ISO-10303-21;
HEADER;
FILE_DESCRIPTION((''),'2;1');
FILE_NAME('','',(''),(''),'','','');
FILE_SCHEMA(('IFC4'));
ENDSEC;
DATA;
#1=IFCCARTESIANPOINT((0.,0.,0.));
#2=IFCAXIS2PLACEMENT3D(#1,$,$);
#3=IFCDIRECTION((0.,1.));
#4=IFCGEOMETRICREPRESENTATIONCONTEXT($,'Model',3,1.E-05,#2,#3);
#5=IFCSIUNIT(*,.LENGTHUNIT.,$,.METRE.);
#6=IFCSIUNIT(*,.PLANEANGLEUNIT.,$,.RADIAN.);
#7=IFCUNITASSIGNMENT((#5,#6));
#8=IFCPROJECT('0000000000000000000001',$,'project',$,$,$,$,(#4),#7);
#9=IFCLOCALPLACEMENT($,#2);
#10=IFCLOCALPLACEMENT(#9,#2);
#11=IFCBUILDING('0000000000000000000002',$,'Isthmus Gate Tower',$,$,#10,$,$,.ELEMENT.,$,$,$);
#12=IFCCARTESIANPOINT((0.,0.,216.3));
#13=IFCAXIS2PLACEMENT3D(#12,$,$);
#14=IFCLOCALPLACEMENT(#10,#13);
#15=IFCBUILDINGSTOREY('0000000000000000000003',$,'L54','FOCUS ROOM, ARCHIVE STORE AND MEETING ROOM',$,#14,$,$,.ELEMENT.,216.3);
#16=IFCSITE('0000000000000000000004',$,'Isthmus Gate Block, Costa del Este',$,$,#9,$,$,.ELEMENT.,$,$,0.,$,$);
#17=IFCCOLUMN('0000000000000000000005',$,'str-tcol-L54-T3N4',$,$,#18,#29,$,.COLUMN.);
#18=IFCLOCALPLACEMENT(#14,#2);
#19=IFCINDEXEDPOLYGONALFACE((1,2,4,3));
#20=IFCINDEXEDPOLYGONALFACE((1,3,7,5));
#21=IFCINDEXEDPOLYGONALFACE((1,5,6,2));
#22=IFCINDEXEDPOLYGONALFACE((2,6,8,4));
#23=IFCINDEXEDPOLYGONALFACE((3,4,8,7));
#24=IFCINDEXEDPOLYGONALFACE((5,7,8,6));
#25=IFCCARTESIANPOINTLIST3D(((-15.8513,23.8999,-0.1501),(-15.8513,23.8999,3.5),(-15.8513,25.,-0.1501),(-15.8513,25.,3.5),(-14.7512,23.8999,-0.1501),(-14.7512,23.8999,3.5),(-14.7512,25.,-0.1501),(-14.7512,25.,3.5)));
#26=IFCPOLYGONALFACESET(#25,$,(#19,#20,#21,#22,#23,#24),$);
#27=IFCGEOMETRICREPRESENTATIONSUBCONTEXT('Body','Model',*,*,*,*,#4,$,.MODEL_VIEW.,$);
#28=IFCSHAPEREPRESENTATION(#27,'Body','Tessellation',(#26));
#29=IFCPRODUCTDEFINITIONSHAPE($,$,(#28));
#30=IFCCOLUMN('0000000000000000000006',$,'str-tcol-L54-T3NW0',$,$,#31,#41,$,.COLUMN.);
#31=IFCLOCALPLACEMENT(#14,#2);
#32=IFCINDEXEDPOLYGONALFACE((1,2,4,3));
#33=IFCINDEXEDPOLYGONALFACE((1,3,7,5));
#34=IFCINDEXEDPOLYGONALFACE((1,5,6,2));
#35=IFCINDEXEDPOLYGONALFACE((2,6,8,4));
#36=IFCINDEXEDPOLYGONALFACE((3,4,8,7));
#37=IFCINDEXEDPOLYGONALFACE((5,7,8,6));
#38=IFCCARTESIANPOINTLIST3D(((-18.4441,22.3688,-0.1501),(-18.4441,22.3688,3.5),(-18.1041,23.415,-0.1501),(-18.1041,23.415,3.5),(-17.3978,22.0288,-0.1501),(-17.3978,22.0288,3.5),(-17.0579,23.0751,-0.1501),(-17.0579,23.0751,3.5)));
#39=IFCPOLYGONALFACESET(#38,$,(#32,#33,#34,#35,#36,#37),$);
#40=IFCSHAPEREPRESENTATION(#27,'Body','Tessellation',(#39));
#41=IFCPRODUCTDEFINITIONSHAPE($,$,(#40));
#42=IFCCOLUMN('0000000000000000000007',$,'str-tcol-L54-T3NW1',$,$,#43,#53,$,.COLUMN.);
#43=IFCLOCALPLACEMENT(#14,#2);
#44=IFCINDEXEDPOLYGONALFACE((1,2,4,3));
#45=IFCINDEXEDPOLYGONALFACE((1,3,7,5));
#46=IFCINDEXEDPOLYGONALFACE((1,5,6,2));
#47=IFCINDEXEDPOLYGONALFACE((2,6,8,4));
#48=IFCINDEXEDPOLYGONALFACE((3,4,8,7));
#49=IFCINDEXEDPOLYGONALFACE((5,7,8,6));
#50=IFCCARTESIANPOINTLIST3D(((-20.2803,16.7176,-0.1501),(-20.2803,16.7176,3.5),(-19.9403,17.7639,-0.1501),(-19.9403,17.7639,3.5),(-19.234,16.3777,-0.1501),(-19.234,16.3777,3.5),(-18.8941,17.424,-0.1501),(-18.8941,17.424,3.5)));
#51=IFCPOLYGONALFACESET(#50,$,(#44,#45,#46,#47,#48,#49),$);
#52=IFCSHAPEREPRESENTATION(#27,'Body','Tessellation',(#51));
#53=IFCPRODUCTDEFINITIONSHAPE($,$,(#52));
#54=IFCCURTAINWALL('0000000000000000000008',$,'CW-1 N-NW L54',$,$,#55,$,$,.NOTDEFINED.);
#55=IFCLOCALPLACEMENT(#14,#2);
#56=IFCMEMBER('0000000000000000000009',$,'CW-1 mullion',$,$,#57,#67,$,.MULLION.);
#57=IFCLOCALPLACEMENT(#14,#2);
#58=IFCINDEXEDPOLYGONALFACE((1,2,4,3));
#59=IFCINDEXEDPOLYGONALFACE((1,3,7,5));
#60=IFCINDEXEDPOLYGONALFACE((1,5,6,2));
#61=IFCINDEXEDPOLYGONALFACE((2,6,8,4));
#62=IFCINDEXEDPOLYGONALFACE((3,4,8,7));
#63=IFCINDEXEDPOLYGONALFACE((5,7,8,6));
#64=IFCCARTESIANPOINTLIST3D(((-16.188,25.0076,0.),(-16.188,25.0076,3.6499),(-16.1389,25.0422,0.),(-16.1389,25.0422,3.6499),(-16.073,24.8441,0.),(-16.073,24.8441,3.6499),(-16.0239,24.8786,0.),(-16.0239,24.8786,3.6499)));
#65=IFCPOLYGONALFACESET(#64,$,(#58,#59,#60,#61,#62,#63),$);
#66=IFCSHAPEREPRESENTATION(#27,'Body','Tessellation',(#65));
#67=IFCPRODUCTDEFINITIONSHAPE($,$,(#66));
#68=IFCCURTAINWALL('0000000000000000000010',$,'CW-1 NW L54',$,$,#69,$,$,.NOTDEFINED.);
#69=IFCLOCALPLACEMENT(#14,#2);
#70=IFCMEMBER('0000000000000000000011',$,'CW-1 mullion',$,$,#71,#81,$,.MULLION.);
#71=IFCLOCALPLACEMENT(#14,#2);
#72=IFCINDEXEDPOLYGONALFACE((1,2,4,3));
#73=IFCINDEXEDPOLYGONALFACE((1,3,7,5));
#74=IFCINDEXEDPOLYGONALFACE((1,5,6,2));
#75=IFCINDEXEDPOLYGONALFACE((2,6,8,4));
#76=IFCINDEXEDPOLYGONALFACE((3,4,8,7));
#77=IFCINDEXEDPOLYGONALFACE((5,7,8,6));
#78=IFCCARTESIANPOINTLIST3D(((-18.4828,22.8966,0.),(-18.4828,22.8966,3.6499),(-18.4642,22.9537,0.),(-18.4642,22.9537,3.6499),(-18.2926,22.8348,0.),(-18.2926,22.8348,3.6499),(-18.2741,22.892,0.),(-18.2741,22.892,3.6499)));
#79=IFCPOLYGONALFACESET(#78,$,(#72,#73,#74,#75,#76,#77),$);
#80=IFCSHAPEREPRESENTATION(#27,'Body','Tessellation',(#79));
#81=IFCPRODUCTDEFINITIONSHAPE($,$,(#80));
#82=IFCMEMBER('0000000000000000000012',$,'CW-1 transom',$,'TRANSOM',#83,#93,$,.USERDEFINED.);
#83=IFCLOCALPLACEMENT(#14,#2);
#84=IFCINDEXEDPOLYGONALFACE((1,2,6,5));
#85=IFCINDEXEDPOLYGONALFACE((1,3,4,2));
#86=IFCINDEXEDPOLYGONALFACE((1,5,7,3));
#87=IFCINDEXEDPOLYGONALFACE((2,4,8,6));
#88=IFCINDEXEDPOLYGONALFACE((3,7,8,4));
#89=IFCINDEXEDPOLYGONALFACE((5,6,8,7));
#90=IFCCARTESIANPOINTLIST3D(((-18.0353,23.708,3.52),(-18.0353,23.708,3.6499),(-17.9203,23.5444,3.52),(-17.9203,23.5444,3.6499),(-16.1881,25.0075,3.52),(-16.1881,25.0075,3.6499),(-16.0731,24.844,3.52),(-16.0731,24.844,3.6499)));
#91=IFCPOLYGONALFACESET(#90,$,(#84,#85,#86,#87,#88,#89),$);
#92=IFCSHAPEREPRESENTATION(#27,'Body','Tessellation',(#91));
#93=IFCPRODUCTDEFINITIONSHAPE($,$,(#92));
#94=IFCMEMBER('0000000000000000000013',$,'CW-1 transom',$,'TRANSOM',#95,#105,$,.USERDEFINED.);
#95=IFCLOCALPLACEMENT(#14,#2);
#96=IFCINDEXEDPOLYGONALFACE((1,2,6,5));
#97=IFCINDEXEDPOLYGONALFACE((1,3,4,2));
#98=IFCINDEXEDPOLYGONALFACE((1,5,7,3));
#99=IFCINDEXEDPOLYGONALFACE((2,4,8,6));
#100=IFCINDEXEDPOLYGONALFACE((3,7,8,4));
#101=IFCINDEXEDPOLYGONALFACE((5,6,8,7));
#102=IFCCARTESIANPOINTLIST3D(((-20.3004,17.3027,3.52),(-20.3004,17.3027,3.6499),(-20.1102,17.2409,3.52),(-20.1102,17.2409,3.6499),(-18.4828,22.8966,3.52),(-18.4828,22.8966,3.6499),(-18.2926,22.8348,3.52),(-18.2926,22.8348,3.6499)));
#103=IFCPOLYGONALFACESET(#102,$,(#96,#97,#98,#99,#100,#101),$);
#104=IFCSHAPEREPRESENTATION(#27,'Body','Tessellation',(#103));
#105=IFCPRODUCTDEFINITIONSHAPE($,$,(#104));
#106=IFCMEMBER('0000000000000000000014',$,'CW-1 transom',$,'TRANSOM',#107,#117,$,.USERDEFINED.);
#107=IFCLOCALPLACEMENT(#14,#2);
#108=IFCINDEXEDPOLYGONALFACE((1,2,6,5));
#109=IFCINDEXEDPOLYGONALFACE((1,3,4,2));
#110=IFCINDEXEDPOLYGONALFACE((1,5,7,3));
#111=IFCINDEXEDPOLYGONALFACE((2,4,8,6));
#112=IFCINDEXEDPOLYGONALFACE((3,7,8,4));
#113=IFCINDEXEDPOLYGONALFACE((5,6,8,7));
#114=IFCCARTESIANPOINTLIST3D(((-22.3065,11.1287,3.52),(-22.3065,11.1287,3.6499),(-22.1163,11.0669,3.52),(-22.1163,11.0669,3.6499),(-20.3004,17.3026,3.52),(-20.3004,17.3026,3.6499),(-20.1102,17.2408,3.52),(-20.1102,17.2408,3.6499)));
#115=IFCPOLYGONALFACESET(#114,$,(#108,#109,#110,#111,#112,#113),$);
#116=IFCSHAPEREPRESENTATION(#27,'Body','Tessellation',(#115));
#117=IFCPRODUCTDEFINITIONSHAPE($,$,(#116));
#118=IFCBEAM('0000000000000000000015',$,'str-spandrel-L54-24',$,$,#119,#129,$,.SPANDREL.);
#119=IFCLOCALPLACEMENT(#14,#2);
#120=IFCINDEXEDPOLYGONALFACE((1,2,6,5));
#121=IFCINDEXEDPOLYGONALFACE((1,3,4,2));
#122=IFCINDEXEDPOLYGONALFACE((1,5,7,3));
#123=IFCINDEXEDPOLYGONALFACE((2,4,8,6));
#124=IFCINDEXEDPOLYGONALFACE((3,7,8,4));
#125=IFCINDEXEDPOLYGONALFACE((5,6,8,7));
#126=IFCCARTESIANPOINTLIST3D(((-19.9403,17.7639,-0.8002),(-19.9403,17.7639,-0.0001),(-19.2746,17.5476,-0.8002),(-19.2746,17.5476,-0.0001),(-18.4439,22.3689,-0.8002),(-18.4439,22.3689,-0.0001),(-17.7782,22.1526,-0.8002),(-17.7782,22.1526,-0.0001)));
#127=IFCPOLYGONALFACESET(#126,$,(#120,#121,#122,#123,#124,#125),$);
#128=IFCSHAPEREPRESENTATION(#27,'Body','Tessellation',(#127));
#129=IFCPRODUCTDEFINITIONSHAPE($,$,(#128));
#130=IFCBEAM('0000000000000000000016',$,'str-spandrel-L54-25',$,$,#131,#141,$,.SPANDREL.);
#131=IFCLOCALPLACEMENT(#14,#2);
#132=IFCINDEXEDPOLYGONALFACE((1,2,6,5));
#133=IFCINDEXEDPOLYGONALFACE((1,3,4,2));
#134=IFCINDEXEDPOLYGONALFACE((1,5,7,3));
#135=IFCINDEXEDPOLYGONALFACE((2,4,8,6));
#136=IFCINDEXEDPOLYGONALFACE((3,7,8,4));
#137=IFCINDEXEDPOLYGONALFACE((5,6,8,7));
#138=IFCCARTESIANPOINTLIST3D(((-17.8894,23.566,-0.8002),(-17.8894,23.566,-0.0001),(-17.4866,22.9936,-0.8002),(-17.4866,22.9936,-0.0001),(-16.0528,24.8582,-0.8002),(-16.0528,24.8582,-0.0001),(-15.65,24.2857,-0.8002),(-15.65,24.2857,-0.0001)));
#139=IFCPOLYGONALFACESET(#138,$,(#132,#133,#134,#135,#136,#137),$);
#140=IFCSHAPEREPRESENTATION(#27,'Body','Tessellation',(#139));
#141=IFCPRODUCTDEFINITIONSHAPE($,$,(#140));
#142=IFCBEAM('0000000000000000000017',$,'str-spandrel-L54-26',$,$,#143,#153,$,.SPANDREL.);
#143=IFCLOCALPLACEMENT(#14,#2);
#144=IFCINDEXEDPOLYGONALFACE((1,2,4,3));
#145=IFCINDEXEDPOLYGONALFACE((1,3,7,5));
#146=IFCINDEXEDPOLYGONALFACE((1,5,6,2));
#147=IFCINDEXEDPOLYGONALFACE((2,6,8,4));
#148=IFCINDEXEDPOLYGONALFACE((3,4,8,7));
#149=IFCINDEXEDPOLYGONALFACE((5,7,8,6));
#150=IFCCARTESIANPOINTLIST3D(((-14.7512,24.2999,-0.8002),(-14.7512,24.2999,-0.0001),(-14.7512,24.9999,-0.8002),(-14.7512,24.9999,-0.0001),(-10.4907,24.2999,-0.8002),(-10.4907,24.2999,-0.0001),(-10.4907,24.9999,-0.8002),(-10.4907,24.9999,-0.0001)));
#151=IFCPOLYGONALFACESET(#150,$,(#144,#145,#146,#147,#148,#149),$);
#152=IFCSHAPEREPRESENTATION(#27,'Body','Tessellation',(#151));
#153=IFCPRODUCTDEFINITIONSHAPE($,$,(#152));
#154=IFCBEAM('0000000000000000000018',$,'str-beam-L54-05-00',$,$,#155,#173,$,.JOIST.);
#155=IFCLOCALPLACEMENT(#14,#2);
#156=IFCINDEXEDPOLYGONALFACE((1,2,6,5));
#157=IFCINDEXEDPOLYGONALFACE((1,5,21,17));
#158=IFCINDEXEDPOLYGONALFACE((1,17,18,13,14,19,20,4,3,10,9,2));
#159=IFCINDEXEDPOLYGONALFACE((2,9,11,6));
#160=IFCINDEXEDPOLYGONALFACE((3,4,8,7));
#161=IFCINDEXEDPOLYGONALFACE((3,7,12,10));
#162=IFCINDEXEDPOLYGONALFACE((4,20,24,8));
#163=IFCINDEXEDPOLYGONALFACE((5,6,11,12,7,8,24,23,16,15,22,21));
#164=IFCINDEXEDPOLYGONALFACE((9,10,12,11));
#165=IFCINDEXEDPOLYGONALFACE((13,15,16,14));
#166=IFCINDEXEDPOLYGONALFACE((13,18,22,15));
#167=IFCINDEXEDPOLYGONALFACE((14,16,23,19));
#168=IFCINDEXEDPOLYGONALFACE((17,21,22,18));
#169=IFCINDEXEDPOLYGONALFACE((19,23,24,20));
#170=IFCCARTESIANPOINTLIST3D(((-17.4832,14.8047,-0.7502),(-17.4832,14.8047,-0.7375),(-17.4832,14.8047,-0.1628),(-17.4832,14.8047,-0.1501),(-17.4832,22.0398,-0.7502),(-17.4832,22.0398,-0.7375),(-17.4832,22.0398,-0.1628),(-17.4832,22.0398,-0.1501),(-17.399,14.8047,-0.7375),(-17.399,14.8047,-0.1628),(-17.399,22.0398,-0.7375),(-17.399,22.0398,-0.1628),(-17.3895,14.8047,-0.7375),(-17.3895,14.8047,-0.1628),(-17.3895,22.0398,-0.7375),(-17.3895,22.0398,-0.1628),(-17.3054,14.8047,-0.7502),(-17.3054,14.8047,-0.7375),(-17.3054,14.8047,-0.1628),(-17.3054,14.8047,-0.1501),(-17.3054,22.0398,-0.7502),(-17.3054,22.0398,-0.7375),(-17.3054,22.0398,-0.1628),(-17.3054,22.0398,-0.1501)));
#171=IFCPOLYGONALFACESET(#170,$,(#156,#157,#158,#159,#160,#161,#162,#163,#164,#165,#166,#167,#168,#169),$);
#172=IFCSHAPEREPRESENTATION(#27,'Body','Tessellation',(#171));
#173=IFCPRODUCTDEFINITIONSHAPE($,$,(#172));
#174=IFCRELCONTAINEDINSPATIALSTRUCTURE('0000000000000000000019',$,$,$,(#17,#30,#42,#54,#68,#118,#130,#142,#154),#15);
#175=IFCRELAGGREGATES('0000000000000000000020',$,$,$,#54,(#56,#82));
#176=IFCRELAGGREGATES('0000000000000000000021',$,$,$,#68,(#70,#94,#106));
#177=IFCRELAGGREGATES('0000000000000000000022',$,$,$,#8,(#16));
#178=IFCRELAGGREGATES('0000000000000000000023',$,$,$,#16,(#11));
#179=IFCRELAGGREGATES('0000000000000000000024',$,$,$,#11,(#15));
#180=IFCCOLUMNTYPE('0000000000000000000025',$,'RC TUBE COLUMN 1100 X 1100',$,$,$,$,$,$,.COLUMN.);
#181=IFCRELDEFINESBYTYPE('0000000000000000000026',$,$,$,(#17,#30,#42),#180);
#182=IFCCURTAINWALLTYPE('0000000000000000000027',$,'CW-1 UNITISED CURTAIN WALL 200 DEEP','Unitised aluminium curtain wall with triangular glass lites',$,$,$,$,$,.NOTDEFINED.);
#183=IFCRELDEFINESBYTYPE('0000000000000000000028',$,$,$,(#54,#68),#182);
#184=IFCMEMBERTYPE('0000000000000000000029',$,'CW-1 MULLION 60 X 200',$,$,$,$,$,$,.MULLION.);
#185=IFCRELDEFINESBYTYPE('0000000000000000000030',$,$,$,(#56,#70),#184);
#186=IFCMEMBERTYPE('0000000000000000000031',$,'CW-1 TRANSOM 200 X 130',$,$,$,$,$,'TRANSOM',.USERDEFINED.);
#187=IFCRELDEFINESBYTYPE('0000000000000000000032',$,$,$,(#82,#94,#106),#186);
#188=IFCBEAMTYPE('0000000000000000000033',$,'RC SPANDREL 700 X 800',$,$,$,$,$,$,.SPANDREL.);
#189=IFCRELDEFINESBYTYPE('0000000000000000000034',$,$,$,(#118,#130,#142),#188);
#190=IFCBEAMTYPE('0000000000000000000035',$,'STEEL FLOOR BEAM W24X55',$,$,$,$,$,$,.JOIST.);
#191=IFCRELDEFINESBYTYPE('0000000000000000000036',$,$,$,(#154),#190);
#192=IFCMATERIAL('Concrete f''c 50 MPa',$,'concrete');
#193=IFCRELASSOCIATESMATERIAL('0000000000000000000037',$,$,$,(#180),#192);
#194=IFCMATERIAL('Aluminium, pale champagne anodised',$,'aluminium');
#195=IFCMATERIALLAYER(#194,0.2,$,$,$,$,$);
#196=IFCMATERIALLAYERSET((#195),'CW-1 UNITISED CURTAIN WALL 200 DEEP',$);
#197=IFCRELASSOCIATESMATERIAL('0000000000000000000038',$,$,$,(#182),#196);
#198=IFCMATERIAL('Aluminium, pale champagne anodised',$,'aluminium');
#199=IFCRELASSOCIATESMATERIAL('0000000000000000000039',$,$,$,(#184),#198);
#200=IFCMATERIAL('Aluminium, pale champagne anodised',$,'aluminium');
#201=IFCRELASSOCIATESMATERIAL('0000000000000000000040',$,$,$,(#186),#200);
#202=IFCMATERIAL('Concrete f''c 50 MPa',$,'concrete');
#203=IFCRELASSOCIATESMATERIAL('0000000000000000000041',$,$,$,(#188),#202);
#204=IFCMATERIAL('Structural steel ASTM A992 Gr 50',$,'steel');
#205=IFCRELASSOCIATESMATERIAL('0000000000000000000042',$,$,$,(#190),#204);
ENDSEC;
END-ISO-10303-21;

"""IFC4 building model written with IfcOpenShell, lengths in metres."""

from ifc_helpers import new_model, si_unit, direction, frame, origin, origin_2d, place, context, subcontext, project, spatial, rectangle, i_section, extrude, material, layer, layer_set, material_profile, profile_set, type_object, element, aggregate, save


model = new_model("IFC4")

# Units and contexts
model_context = context("Model", 3, precision=1e-05, world=origin(), true_north=direction((0.0, 1.0)))
body_context = subcontext(model_context, "Body", "Model", "MODEL_VIEW")
ifc_project = project(units=[si_unit("LENGTHUNIT", "METRE"), si_unit("PLANEANGLEUNIT", "RADIAN")], contexts=[model_context])

# Site, building, storey
site_placement = place(None, origin())
site = spatial("IfcSite", under=ifc_project, at=site_placement, Name="Isthmus Gate Block, Costa del Este", CompositionType="ELEMENT", RefElevation=0.0)
building_placement = place(site_placement, origin())
building = spatial("IfcBuilding", under=site, at=building_placement, Name="Isthmus Gate Tower", CompositionType="ELEMENT")
storey_placement = place(building_placement, frame((0.0, 0.0, 216.3)))
storey = spatial("IfcBuildingStorey", under=building, at=storey_placement, Name="L54", Description="FOCUS ROOM, ARCHIVE STORE AND MEETING ROOM", CompositionType="ELEMENT", Elevation=216.3)

# Columns
ifc_material_1 = material(Name="Concrete f'c 50 MPa", Category="concrete")
ifc_material_profile_1 = material_profile(ifc_material_1, rectangle(XDim=1.1001, YDim=1.1001, at=origin_2d()), Name="RC 1100X1100")
ifc_profile_set_1 = profile_set([ifc_material_profile_1], Name="Concrete f'c 50 MPa")
column_type = type_object("IfcColumnType", Name="RC TUBE COLUMN 1100 X 1100", PredefinedType="COLUMN", material=ifc_profile_set_1)
for number, where, z_axis, x_axis, name in (
    (1, (-15.3013, 24.45, -0.1501), (0.0, 0.0, 1.0), (-1.0, 0.0, 0.0), "str-tcol-L54-T3N4"),
    (2, (-17.751, 22.7219, -0.1501), (0.0, 0.0, 1.0), (-0.309017, -0.951057, 0.0), "str-tcol-L54-T3NW0"),
    (3, (-19.5872, 17.0708, -0.1501), (0.0, 0.0, 1.0), (-0.309017, -0.951057, 0.0), "str-tcol-L54-T3NW1"),
):
    element("IfcColumn", number, at=place(storey_placement, frame(where, z_axis=z_axis, x_axis=x_axis)), inside=storey, type_object=column_type, Name=name, PredefinedType="COLUMN", context=body_context, shape_type="SweptSolid", body=[
        extrude(rectangle(XDim=1.1001, YDim=1.1001, at=origin_2d()), origin(), (0.0, 0.0, 1.0), 3.6501),
    ])

# Curtain walls, members
ifc_material_2 = material(Name="Aluminium, pale champagne anodised", Category="aluminium")
ifc_layer_1 = layer(ifc_material_2, 0.2)
ifc_layer_set_1 = layer_set([ifc_layer_1], Name="CW-1 UNITISED CURTAIN WALL 200 DEEP")
curtain_wall_type = type_object("IfcCurtainWallType", Name="CW-1 UNITISED CURTAIN WALL 200 DEEP", Description="Unitised aluminium curtain wall with triangular glass lites", PredefinedType="NOTDEFINED", material=ifc_layer_set_1)
curtain_wall_1_placement = place(storey_placement, origin())
curtain_wall_1 = element("IfcCurtainWall", 4, at=curtain_wall_1_placement, inside=storey, type_object=curtain_wall_type, Name="CW-1 N-NW L54", PredefinedType="NOTDEFINED")
ifc_material_3 = material(Name="Aluminium, pale champagne anodised", Category="aluminium")
ifc_material_profile_2 = material_profile(ifc_material_3, rectangle(XDim=0.0601, YDim=0.2, at=origin_2d()), Name="60x200")
ifc_profile_set_2 = profile_set([ifc_material_profile_2], Name="Aluminium, pale champagne anodised")
member_type_1 = type_object("IfcMemberType", Name="CW-1 MULLION 60 X 200", PredefinedType="MULLION", material=ifc_profile_set_2)
member_1_placement = place(storey_placement, frame((-16.106, 24.9431, 0.0), z_axis=(0.0, 0.0, 1.0), x_axis=(-0.81786, -0.575418, 0.0)))
member_1 = element("IfcMember", 5, at=member_1_placement, type_object=member_type_1, Name="CW-1 mullion", PredefinedType="MULLION", context=body_context, shape_type="SweptSolid", body=[
    extrude(rectangle(XDim=0.0601, YDim=0.2, at=origin_2d()), origin(), (0.0, 0.0, 1.0), 3.6499),
])
curtain_wall_2_placement = place(storey_placement, origin())
curtain_wall_2 = element("IfcCurtainWall", 6, at=curtain_wall_2_placement, inside=storey, type_object=curtain_wall_type, Name="CW-1 NW L54", PredefinedType="NOTDEFINED")
member_2_placement = place(storey_placement, frame((-18.3784, 22.8943, 0.0), z_axis=(0.0, 0.0, 1.0), x_axis=(-0.309017, -0.951057, 0.0)))
member_2 = element("IfcMember", 7, at=member_2_placement, type_object=member_type_1, Name="CW-1 mullion", PredefinedType="MULLION", context=body_context, shape_type="SweptSolid", body=[
    extrude(rectangle(XDim=0.0601, YDim=0.2, at=origin_2d()), origin(), (0.0, 0.0, 1.0), 3.6499),
])

# Members
ifc_material_4 = material(Name="Aluminium, pale champagne anodised", Category="aluminium")
ifc_material_profile_3 = material_profile(ifc_material_4, rectangle(XDim=0.2, YDim=0.1299, at=origin_2d()), Name="200x130")
ifc_profile_set_3 = profile_set([ifc_material_profile_3], Name="Aluminium, pale champagne anodised")
member_type_2 = type_object("IfcMemberType", Name="CW-1 TRANSOM 200 X 130", ElementType="TRANSOM", PredefinedType="USERDEFINED", material=ifc_profile_set_3)
member_3_placement = place(storey_placement, frame((-16.1306, 24.9258, 3.585), z_axis=(-0.817869, -0.575405, 0.0), x_axis=(0.575405, -0.817869, 0.0)))
member_3 = element("IfcMember", 8, at=member_3_placement, type_object=member_type_2, Name="CW-1 transom", ObjectType="TRANSOM", PredefinedType="USERDEFINED", context=body_context, shape_type="SweptSolid", body=[
    extrude(rectangle(XDim=0.2, YDim=0.1299, at=origin_2d()), origin(), (0.0, 0.0, 1.0), 2.2585),
])
member_4_placement = place(storey_placement, frame((-18.3877, 22.8657, 3.585), z_axis=(-0.309021, -0.951055, 0.0), x_axis=(0.951055, -0.309021, 0.0)))
member_4 = element("IfcMember", 9, at=member_4_placement, type_object=member_type_2, Name="CW-1 transom", ObjectType="TRANSOM", PredefinedType="USERDEFINED", context=body_context, shape_type="SweptSolid", body=[
    extrude(rectangle(XDim=0.2, YDim=0.1299, at=origin_2d()), origin(), (0.0, 0.0, 1.0), 5.8818),
])
member_5_placement = place(storey_placement, frame((-20.2053, 17.2717, 3.585), z_axis=(-0.309021, -0.951055, 0.0), x_axis=(0.951055, -0.309021, 0.0)))
member_5 = element("IfcMember", 10, at=member_5_placement, type_object=member_type_2, Name="CW-1 transom", ObjectType="TRANSOM", PredefinedType="USERDEFINED", context=body_context, shape_type="SweptSolid", body=[
    extrude(rectangle(XDim=0.2, YDim=0.1299, at=origin_2d()), origin(), (0.0, 0.0, 1.0), 6.4917),
])

# Beams
ifc_material_5 = material(Name="Concrete f'c 50 MPa", Category="concrete")
ifc_material_profile_4 = material_profile(ifc_material_5, rectangle(XDim=0.7, YDim=0.8, at=origin_2d()), Name="RC 700X800")
ifc_profile_set_4 = profile_set([ifc_material_profile_4], Name="Concrete f'c 50 MPa")
beam_type_1 = type_object("IfcBeamType", Name="RC SPANDREL 700 X 800", PredefinedType="SPANDREL", material=ifc_profile_set_4)
beam_1_placement = place(storey_placement, frame((-19.6074, 17.6558, -0.4001), z_axis=(0.309034, 0.951051, 0.0), x_axis=(-0.951051, 0.309034, 0.0)))
element("IfcBeam", 11, at=beam_1_placement, inside=storey, type_object=beam_type_1, Name="str-spandrel-L54-24", PredefinedType="SPANDREL", context=body_context, shape_type="SweptSolid", body=[
    extrude(rectangle(XDim=0.7, YDim=0.8, at=origin_2d()), origin(), (0.0, 0.0, 1.0), 4.842),
])
beam_2_placement = place(storey_placement, frame((-17.688, 23.2798, -0.4001), z_axis=(0.817856, 0.575423, 0.0), x_axis=(-0.575423, 0.817856, 0.0)))
element("IfcBeam", 12, at=beam_2_placement, inside=storey, type_object=beam_type_1, Name="str-spandrel-L54-25", PredefinedType="SPANDREL", context=body_context, shape_type="SweptSolid", body=[
    extrude(rectangle(XDim=0.7, YDim=0.8, at=origin_2d()), origin(), (0.0, 0.0, 1.0), 2.2456),
])
beam_3_placement = place(storey_placement, frame((-14.7512, 24.6499, -0.4001), z_axis=(1.0, 0.0, 0.0), x_axis=(0.0, 1.0, 0.0)))
element("IfcBeam", 13, at=beam_3_placement, inside=storey, type_object=beam_type_1, Name="str-spandrel-L54-26", PredefinedType="SPANDREL", context=body_context, shape_type="SweptSolid", body=[
    extrude(rectangle(XDim=0.7, YDim=0.8, at=origin_2d()), origin(), (0.0, 0.0, 1.0), 4.2605),
])
ifc_material_6 = material(Name="Structural steel ASTM A992 Gr 50", Category="steel")
ifc_material_profile_5 = material_profile(ifc_material_6, i_section(OverallWidth=0.1777, OverallDepth=0.6001, WebThickness=0.0095, FlangeThickness=0.0127, at=origin_2d()), Name="W24X55")
ifc_profile_set_5 = profile_set([ifc_material_profile_5], Name="Structural steel ASTM A992 Gr 50")
beam_type_2 = type_object("IfcBeamType", Name="STEEL FLOOR BEAM W24X55", PredefinedType="JOIST", material=ifc_profile_set_5)
beam_4_placement = place(storey_placement, frame((-17.3943, 14.8047, -0.4502), z_axis=(0.0, 1.0, 0.0), x_axis=(-1.0, 0.0, 0.0)))
element("IfcBeam", 14, at=beam_4_placement, inside=storey, type_object=beam_type_2, Name="str-beam-L54-05-00", PredefinedType="JOIST", context=body_context, shape_type="SweptSolid", body=[
    extrude(i_section(OverallWidth=0.1777, OverallDepth=0.6001, WebThickness=0.0095, FlangeThickness=0.0127, at=origin_2d()), origin(), (0.0, 0.0, 1.0), 7.2351),
])

aggregate(curtain_wall_1, [member_1, member_3])

aggregate(curtain_wall_2, [member_2, member_4, member_5])

save(model, "model.ifc")
